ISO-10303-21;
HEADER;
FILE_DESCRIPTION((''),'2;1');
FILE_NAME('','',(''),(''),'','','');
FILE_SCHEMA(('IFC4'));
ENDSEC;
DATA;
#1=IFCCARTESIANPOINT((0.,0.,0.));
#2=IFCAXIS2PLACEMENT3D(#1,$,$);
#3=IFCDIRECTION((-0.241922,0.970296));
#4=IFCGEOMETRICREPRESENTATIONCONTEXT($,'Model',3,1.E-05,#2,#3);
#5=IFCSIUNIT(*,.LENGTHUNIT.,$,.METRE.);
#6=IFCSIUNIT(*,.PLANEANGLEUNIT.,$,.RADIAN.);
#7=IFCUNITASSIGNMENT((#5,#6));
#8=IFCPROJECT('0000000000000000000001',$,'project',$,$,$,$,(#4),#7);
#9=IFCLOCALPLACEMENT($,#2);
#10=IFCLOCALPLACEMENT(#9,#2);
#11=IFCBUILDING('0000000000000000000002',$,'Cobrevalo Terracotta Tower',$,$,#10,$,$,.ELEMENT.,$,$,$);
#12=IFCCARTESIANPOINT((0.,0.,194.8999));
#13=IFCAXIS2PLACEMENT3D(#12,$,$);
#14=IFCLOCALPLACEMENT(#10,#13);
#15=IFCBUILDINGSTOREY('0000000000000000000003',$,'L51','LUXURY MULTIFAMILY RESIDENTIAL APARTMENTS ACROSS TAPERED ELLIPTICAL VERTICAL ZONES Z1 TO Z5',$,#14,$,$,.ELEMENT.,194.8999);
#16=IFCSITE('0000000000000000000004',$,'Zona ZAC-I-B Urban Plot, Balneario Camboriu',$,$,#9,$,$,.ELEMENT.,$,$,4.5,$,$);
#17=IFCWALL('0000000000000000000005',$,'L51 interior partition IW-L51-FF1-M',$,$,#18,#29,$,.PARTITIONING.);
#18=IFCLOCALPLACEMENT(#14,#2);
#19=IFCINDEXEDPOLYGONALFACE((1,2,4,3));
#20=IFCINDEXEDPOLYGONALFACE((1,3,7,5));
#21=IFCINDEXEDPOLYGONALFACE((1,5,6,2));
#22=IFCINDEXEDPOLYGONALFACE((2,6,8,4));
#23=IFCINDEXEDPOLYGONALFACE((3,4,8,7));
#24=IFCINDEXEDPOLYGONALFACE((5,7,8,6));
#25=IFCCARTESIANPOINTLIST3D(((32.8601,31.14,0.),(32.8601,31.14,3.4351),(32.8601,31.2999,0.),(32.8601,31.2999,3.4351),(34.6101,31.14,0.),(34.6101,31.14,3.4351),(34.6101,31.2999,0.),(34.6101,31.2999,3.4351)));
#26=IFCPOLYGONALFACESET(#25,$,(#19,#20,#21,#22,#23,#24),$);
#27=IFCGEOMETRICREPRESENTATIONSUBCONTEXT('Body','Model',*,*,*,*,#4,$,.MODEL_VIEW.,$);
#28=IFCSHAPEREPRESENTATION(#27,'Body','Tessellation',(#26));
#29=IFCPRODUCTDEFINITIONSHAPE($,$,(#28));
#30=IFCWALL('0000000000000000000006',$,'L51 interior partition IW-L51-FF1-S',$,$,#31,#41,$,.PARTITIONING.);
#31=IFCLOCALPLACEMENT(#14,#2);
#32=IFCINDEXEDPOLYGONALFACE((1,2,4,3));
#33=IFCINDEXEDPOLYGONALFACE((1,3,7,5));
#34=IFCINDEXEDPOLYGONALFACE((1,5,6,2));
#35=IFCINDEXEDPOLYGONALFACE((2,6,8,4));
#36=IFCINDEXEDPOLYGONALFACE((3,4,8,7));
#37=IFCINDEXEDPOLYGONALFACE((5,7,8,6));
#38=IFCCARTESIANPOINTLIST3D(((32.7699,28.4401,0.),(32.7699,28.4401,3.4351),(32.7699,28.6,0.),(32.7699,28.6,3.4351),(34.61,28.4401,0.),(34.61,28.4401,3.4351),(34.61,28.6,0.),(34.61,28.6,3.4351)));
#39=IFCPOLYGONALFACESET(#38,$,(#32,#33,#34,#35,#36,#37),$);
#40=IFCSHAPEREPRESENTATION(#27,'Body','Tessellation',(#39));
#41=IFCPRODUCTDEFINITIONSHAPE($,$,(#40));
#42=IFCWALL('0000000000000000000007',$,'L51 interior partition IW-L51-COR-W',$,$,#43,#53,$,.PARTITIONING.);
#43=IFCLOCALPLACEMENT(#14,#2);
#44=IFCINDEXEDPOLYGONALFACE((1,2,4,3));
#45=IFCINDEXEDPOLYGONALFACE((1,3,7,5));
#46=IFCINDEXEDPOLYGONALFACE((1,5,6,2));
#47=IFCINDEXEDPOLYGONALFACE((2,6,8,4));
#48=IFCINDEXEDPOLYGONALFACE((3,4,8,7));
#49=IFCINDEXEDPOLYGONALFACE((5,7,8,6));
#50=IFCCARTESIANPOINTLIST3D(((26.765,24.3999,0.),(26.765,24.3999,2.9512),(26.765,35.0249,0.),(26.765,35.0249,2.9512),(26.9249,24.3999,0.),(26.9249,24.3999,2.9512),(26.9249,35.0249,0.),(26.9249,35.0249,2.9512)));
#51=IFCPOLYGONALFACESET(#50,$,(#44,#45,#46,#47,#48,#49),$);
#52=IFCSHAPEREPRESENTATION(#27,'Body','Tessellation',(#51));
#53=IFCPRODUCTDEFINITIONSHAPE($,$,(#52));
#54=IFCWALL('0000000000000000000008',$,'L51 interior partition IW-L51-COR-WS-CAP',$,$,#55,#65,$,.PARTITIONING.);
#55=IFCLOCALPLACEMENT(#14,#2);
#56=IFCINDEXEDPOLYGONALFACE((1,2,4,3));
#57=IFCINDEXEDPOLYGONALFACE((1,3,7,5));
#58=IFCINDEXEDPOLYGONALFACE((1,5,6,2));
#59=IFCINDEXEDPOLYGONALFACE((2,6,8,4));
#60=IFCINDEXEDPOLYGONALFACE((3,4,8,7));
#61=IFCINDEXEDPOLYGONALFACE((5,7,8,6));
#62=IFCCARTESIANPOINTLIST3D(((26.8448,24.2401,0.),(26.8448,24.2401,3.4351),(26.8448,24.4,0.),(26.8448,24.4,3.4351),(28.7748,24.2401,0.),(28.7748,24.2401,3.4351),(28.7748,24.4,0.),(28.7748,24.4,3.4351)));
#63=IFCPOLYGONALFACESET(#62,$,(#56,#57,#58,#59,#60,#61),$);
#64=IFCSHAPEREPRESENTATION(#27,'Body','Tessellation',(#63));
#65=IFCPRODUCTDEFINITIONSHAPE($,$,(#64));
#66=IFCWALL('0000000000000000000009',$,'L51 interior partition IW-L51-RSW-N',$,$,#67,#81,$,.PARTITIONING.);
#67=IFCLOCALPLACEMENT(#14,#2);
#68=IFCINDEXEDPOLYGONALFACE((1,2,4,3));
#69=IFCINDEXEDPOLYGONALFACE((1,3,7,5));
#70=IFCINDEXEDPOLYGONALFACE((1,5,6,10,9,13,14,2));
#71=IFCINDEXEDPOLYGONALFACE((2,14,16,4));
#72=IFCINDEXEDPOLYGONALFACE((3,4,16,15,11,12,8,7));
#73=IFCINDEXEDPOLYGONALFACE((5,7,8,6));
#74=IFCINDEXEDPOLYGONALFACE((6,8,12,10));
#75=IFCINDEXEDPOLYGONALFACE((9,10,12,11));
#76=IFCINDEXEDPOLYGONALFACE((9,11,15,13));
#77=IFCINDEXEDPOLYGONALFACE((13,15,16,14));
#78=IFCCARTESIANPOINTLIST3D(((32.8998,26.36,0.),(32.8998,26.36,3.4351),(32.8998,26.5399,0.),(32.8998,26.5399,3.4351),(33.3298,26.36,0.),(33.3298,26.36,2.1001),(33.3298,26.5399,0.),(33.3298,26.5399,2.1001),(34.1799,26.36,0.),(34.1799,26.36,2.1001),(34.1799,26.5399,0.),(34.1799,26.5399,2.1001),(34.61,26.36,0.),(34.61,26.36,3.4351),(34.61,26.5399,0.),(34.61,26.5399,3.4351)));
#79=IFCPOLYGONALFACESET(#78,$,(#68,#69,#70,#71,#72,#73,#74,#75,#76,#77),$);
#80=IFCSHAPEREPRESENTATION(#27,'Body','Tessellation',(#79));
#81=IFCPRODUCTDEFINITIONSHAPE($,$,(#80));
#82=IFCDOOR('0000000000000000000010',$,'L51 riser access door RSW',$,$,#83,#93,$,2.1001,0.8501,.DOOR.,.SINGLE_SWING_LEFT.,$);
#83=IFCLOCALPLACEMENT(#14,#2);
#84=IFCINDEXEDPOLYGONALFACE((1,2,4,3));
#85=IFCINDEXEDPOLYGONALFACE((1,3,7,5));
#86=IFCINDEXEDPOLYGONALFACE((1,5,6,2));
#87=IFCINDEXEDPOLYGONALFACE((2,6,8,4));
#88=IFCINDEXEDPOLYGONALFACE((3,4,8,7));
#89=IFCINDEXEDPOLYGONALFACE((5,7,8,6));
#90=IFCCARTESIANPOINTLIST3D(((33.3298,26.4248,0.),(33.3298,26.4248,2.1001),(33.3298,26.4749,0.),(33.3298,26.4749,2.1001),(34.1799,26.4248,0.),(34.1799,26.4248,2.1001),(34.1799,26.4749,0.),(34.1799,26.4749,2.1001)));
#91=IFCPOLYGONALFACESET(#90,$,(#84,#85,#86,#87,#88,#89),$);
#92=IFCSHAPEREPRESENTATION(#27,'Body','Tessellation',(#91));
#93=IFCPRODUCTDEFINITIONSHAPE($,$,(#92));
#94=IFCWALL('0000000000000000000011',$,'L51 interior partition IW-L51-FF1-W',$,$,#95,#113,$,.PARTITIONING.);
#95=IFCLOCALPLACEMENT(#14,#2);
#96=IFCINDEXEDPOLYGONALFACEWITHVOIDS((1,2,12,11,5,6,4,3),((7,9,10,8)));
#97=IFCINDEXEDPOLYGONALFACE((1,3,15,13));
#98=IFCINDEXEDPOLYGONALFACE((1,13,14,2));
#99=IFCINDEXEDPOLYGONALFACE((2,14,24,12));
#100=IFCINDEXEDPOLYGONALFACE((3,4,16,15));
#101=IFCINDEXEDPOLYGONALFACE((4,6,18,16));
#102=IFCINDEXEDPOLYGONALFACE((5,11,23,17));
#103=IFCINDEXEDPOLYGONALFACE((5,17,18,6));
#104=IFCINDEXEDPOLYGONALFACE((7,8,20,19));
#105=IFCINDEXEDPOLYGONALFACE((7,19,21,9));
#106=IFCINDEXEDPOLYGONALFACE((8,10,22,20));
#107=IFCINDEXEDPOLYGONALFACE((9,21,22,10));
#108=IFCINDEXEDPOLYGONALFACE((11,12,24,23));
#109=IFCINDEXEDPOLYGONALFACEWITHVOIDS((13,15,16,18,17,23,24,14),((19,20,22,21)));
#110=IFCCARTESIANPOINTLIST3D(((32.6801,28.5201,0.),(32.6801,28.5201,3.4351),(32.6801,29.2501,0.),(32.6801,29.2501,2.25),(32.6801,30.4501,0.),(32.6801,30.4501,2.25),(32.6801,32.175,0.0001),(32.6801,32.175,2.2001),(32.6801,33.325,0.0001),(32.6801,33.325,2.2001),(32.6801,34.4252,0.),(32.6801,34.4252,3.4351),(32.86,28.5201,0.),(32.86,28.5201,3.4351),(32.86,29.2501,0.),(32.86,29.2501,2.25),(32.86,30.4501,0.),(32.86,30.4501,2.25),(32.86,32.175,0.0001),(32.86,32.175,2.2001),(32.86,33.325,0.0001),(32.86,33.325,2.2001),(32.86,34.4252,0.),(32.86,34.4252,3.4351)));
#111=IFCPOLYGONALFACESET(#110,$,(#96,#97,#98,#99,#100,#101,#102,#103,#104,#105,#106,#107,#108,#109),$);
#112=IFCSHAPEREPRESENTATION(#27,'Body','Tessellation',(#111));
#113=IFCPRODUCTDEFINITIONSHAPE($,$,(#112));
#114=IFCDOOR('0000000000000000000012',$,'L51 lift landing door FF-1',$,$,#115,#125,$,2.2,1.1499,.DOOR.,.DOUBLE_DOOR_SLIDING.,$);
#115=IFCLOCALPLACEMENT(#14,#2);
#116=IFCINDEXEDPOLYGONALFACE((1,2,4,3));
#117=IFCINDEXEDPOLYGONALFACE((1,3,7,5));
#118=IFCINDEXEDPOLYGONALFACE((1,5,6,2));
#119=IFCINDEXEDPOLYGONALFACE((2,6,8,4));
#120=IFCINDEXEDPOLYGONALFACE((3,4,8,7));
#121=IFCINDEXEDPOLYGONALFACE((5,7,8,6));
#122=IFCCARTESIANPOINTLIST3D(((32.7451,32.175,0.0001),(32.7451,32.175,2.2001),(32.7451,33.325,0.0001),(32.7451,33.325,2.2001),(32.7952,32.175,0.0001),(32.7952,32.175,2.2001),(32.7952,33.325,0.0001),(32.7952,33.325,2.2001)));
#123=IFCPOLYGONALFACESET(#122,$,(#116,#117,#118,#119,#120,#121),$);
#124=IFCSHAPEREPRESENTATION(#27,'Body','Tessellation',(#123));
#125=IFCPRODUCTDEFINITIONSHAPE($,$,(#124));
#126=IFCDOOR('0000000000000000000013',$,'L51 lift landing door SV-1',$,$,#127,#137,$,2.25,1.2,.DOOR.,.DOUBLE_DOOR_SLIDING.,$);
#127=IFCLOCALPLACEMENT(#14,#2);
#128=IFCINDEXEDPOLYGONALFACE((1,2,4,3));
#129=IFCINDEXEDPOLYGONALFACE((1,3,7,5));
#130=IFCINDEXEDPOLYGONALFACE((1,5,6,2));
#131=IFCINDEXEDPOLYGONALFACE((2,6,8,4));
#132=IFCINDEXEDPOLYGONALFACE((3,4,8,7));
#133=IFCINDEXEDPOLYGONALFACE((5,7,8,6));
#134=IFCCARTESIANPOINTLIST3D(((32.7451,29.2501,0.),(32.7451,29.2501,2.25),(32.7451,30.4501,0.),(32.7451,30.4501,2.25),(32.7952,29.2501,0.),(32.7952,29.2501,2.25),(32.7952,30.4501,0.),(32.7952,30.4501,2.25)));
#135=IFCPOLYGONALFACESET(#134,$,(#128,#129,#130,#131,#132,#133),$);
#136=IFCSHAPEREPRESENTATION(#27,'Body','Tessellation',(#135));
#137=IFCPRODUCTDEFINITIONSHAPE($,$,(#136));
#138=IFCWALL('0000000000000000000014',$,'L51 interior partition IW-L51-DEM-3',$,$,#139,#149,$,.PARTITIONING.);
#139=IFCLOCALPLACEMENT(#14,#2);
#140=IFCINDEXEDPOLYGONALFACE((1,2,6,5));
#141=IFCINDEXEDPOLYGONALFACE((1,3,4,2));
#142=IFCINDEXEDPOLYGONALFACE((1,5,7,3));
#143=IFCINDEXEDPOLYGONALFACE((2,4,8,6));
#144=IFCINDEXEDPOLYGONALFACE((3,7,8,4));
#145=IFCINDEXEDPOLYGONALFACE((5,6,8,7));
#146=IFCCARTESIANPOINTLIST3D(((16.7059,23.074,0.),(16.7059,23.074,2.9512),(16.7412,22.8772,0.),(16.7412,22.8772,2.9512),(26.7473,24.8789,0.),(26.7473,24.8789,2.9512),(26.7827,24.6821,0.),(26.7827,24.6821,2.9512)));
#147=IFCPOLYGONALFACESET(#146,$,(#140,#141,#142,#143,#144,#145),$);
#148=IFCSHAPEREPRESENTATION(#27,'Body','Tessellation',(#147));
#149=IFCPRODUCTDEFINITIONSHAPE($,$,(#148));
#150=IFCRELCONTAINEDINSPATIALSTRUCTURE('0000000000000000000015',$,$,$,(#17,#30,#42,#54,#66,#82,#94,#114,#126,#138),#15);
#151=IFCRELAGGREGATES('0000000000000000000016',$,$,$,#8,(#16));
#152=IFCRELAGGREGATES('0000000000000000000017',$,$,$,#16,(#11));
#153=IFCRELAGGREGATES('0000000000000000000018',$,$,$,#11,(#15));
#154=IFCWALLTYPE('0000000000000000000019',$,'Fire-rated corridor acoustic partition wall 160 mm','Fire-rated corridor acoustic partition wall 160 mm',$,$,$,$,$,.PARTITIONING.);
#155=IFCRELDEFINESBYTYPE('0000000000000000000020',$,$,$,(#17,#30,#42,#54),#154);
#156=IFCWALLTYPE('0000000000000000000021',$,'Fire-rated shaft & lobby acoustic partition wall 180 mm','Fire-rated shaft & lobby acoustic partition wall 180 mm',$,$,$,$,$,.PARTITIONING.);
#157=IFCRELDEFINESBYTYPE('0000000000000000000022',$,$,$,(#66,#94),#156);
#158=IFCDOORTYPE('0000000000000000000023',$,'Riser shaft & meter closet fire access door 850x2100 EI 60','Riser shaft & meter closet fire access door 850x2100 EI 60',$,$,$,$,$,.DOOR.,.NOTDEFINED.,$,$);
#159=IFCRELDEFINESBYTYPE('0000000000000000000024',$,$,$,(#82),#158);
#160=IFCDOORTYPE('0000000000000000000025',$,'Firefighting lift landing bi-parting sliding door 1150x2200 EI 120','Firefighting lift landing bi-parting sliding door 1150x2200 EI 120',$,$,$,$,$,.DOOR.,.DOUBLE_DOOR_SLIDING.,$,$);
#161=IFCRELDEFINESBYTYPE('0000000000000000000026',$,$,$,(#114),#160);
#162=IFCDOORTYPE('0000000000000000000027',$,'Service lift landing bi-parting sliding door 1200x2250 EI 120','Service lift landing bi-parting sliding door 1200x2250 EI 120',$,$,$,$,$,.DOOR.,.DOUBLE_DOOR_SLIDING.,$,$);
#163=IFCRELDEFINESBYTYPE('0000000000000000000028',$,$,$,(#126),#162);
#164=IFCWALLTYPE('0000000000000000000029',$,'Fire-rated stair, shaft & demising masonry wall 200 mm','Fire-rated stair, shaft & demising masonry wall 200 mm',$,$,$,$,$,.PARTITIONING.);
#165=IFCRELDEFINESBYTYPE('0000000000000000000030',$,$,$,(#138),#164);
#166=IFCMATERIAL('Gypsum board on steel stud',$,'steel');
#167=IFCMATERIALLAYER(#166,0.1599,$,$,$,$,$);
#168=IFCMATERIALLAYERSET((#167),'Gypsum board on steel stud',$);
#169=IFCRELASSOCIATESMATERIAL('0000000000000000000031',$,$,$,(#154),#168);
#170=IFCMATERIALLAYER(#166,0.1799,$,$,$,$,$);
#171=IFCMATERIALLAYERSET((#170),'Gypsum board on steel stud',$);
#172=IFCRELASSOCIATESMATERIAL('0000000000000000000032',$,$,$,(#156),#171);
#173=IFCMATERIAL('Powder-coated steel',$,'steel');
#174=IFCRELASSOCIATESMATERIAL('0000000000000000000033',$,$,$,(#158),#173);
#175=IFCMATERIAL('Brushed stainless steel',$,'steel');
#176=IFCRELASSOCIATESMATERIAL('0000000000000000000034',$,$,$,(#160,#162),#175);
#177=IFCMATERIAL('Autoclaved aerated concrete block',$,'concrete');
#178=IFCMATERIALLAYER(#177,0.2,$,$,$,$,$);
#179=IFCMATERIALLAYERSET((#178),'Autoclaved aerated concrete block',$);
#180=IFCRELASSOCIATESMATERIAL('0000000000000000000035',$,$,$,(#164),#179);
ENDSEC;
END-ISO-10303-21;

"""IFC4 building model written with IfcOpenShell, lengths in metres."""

from ifc_helpers import new_model, si_unit, direction, frame, frame_2d, origin, place, context, subcontext, project, spatial, rectangle, extrude, source, transform, mapped, material, layer, layer_set, type_object, element, fill, save


model = new_model("IFC4")

# Units and contexts
model_context = context("Model", 3, precision=1e-05, world=origin(), true_north=direction((-0.241922, 0.970296)))
body_context = subcontext(model_context, "Body", "Model", "MODEL_VIEW")
ifc_project = project(units=[si_unit("LENGTHUNIT", "METRE"), si_unit("PLANEANGLEUNIT", "RADIAN")], contexts=[model_context])

# Site, building, storey
site_placement = place(None, origin())
site = spatial("IfcSite", under=ifc_project, at=site_placement, Name="Zona ZAC-I-B Urban Plot, Balneario Camboriu", CompositionType="ELEMENT", RefElevation=4.5)
building_placement = place(site_placement, origin())
building = spatial("IfcBuilding", under=site, at=building_placement, Name="Cobrevalo Terracotta Tower", CompositionType="ELEMENT")
storey_placement = place(building_placement, frame((0.0, 0.0, 194.8999)))
storey = spatial("IfcBuildingStorey", under=building, at=storey_placement, Name="L51", Description="LUXURY MULTIFAMILY RESIDENTIAL APARTMENTS ACROSS TAPERED ELLIPTICAL VERTICAL ZONES Z1 TO Z5", CompositionType="ELEMENT", Elevation=194.8999)

# Walls
ifc_material_1 = material(Name="Gypsum board on steel stud", Category="steel")
ifc_layer_1 = layer(ifc_material_1, 0.1599)
ifc_layer_set_1 = layer_set([ifc_layer_1], Name="Gypsum board on steel stud")
wall_type_1 = type_object("IfcWallType", Name="Fire-rated corridor acoustic partition wall 160 mm", Description="Fire-rated corridor acoustic partition wall 160 mm", PredefinedType="PARTITIONING", material=ifc_layer_set_1)
wall_1_placement = place(storey_placement, frame((32.8601, 31.22, 0.0), z_axis=(0.0, 0.0, 1.0), x_axis=(1.0, 0.0, 0.0)))
element("IfcWall", 1, at=wall_1_placement, inside=storey, type_object=wall_type_1, Name="L51 interior partition IW-L51-FF1-M", PredefinedType="PARTITIONING", context=body_context, shape_type="SweptSolid", body=[
    extrude(rectangle(XDim=1.75, YDim=0.1599, at=frame_2d((0.875, 0.0))), origin(), (0.0, 0.0, 1.0), 3.4351),
])
wall_2_placement = place(storey_placement, frame((32.77, 28.52, 0.0), z_axis=(0.0, 0.0, 1.0), x_axis=(1.0, 0.0, 0.0)))
element("IfcWall", 2, at=wall_2_placement, inside=storey, type_object=wall_type_1, Name="L51 interior partition IW-L51-FF1-S", PredefinedType="PARTITIONING", context=body_context, shape_type="SweptSolid", body=[
    extrude(rectangle(XDim=1.8401, YDim=0.1599, at=frame_2d((0.9199, 0.0))), origin(), (0.0, 0.0, 1.0), 3.4351),
])
wall_3_placement = place(storey_placement, frame((26.845, 24.3999, 0.0), z_axis=(0.0, 0.0, 1.0), x_axis=(0.0, 1.0, 0.0)))
element("IfcWall", 3, at=wall_3_placement, inside=storey, type_object=wall_type_1, Name="L51 interior partition IW-L51-COR-W", PredefinedType="PARTITIONING", context=body_context, shape_type="SweptSolid", body=[
    extrude(rectangle(XDim=10.625, YDim=0.1599, at=frame_2d((5.3125, 0.0))), origin(), (0.0, 0.0, 1.0), 2.9512),
])
wall_4_placement = place(storey_placement, frame((26.845, 24.3201, 0.0), z_axis=(0.0, 0.0, 1.0), x_axis=(1.0, 0.0, 0.0)))
element("IfcWall", 4, at=wall_4_placement, inside=storey, type_object=wall_type_1, Name="L51 interior partition IW-L51-COR-WS-CAP", PredefinedType="PARTITIONING", context=body_context, shape_type="SweptSolid", body=[
    extrude(rectangle(XDim=1.9299, YDim=0.1599, at=frame_2d((0.9648, 0.0))), origin(), (0.0, 0.0, 1.0), 3.4351),
])

# Wall, opening, door
ifc_layer_2 = layer(ifc_material_1, 0.1799)
ifc_layer_set_2 = layer_set([ifc_layer_2], Name="Gypsum board on steel stud")
wall_type_2 = type_object("IfcWallType", Name="Fire-rated shaft & lobby acoustic partition wall 180 mm", Description="Fire-rated shaft & lobby acoustic partition wall 180 mm", PredefinedType="PARTITIONING", material=ifc_layer_set_2)
wall_5_placement = place(storey_placement, frame((32.8999, 26.45, 0.0), z_axis=(0.0, 0.0, 1.0), x_axis=(1.0, 0.0, 0.0)))
wall_5 = element("IfcWall", 5, at=wall_5_placement, inside=storey, type_object=wall_type_2, Name="L51 interior partition IW-L51-RSW-N", PredefinedType="PARTITIONING", context=body_context, shape_type="SweptSolid", body=[
    extrude(rectangle(XDim=1.7102, YDim=0.1799, at=frame_2d((0.855, 0.0))), origin(), (0.0, 0.0, 1.0), 3.4351),
])
opening_1_placement = place(wall_5_placement, frame((0.4299, 0.0, 0.0)))
opening_1 = element("IfcOpeningElement", 6, at=opening_1_placement, cuts=wall_5, PredefinedType="OPENING", context=body_context, shape_type="SweptSolid", body=[
    extrude(rectangle(XDim=0.8501, YDim=2.1001, at=frame_2d((0.425, 1.05))), frame((0.0, 0.1001, 0.0), z_axis=(0.0, -1.0, 0.0), x_axis=(1.0, 0.0, 0.0)), (0.0, 0.0, 1.0), 0.2),
])
ifc_material_2 = material(Name="Powder-coated steel", Category="steel")
door_type_1 = type_object("IfcDoorType", Name="Riser shaft & meter closet fire access door 850x2100 EI 60", Description="Riser shaft & meter closet fire access door 850x2100 EI 60", OperationType="NOTDEFINED", PredefinedType="DOOR", material=ifc_material_2)
shared_shape_1 = source(origin(), body_context, "Body", "SweptSolid", [
    extrude(rectangle(XDim=0.8501, YDim=2.1001, at=frame_2d((0.425, 1.05))), frame((0.0, 0.0249, 0.0), z_axis=(0.0, -1.0, 0.0), x_axis=(1.0, 0.0, 0.0)), (0.0, 0.0, 1.0), 0.05),
])
door_1_placement = place(opening_1_placement, origin())
door_1 = element("IfcDoor", 7, at=door_1_placement, inside=storey, type_object=door_type_1, Name="L51 riser access door RSW", OperationType="SINGLE_SWING_LEFT", OverallHeight=2.1001, OverallWidth=0.8501, PredefinedType="DOOR", context=body_context, shape_type="MappedRepresentation", body=[
    mapped(shared_shape_1, transform((0.0, 0.0, 0.0), scale=1.0)),
])
fill(opening_1, door_1)

# Wall, openings, doors
wall_6_placement = place(storey_placement, frame((32.77, 28.52, 0.0), z_axis=(0.0, 0.0, 1.0), x_axis=(0.0, 1.0, 0.0)))
wall_6 = element("IfcWall", 8, at=wall_6_placement, inside=storey, type_object=wall_type_2, Name="L51 interior partition IW-L51-FF1-W", PredefinedType="PARTITIONING", context=body_context, shape_type="SweptSolid", body=[
    extrude(rectangle(XDim=5.905, YDim=0.1799, at=frame_2d((2.9526, 0.0))), origin(), (0.0, 0.0, 1.0), 3.4351),
])
opening_2_placement = place(wall_6_placement, frame((3.655, 0.0, 0.0)))
opening_2 = element("IfcOpeningElement", 9, at=opening_2_placement, cuts=wall_6, PredefinedType="OPENING", context=body_context, shape_type="SweptSolid", body=[
    extrude(rectangle(XDim=1.1499, YDim=2.2, at=frame_2d((0.575, 1.1001))), frame((0.0, 0.1001, 0.0), z_axis=(0.0, -1.0, 0.0), x_axis=(1.0, 0.0, 0.0)), (0.0, 0.0, 1.0), 0.2),
])
opening_3_placement = place(wall_6_placement, frame((0.73, 0.0, 0.0)))
opening_3 = element("IfcOpeningElement", 10, at=opening_3_placement, cuts=wall_6, PredefinedType="OPENING", context=body_context, shape_type="SweptSolid", body=[
    extrude(rectangle(XDim=1.2, YDim=2.25, at=frame_2d((0.6001, 1.125))), frame((0.0, 0.1001, 0.0), z_axis=(0.0, -1.0, 0.0), x_axis=(1.0, 0.0, 0.0)), (0.0, 0.0, 1.0), 0.2),
])
ifc_material_3 = material(Name="Brushed stainless steel", Category="steel")
door_type_2 = type_object("IfcDoorType", Name="Firefighting lift landing bi-parting sliding door 1150x2200 EI 120", Description="Firefighting lift landing bi-parting sliding door 1150x2200 EI 120", OperationType="DOUBLE_DOOR_SLIDING", PredefinedType="DOOR", material=ifc_material_3)
shared_shape_2 = source(origin(), body_context, "Body", "SweptSolid", [
    extrude(rectangle(XDim=1.1499, YDim=2.2, at=frame_2d((0.575, 1.1001))), frame((0.0, 0.0249, 0.0), z_axis=(0.0, -1.0, 0.0), x_axis=(1.0, 0.0, 0.0)), (0.0, 0.0, 1.0), 0.05),
])
door_2_placement = place(opening_2_placement, origin())
door_2 = element("IfcDoor", 11, at=door_2_placement, inside=storey, type_object=door_type_2, Name="L51 lift landing door FF-1", OperationType="DOUBLE_DOOR_SLIDING", OverallHeight=2.2, OverallWidth=1.1499, PredefinedType="DOOR", context=body_context, shape_type="MappedRepresentation", body=[
    mapped(shared_shape_2, transform((0.0, 0.0, 0.0), scale=1.0)),
])
fill(opening_2, door_2)
door_type_3 = type_object("IfcDoorType", Name="Service lift landing bi-parting sliding door 1200x2250 EI 120", Description="Service lift landing bi-parting sliding door 1200x2250 EI 120", OperationType="DOUBLE_DOOR_SLIDING", PredefinedType="DOOR", material=ifc_material_3)
shared_shape_3 = source(origin(), body_context, "Body", "SweptSolid", [
    extrude(rectangle(XDim=1.2, YDim=2.25, at=frame_2d((0.6001, 1.125))), frame((0.0, 0.0249, 0.0), z_axis=(0.0, -1.0, 0.0), x_axis=(1.0, 0.0, 0.0)), (0.0, 0.0, 1.0), 0.05),
])
door_3_placement = place(opening_3_placement, origin())
door_3 = element("IfcDoor", 12, at=door_3_placement, inside=storey, type_object=door_type_3, Name="L51 lift landing door SV-1", OperationType="DOUBLE_DOOR_SLIDING", OverallHeight=2.25, OverallWidth=1.2, PredefinedType="DOOR", context=body_context, shape_type="MappedRepresentation", body=[
    mapped(shared_shape_3, transform((0.0, 0.0, 0.0), scale=1.0)),
])
fill(opening_3, door_3)

# Wall
ifc_material_4 = material(Name="Autoclaved aerated concrete block", Category="concrete")
ifc_layer_3 = layer(ifc_material_4, 0.2)
ifc_layer_set_3 = layer_set([ifc_layer_3], Name="Autoclaved aerated concrete block")
wall_type_3 = type_object("IfcWallType", Name="Fire-rated stair, shaft & demising masonry wall 200 mm", Description="Fire-rated stair, shaft & demising masonry wall 200 mm", PredefinedType="PARTITIONING", material=ifc_layer_set_3)
wall_7_placement = place(storey_placement, frame((26.7649, 24.7805, 0.0), z_axis=(0.0, 0.0, 1.0), x_axis=(-0.984227, -0.176912, 0.0)))
element("IfcWall", 13, at=wall_7_placement, inside=storey, type_object=wall_type_3, Name="L51 interior partition IW-L51-DEM-3", PredefinedType="PARTITIONING", context=body_context, shape_type="SweptSolid", body=[
    extrude(rectangle(XDim=10.2024, YDim=0.2, at=frame_2d((5.1011, 0.0))), origin(), (0.0, 0.0, 1.0), 2.9512),
])

save(model, "model.ifc")
